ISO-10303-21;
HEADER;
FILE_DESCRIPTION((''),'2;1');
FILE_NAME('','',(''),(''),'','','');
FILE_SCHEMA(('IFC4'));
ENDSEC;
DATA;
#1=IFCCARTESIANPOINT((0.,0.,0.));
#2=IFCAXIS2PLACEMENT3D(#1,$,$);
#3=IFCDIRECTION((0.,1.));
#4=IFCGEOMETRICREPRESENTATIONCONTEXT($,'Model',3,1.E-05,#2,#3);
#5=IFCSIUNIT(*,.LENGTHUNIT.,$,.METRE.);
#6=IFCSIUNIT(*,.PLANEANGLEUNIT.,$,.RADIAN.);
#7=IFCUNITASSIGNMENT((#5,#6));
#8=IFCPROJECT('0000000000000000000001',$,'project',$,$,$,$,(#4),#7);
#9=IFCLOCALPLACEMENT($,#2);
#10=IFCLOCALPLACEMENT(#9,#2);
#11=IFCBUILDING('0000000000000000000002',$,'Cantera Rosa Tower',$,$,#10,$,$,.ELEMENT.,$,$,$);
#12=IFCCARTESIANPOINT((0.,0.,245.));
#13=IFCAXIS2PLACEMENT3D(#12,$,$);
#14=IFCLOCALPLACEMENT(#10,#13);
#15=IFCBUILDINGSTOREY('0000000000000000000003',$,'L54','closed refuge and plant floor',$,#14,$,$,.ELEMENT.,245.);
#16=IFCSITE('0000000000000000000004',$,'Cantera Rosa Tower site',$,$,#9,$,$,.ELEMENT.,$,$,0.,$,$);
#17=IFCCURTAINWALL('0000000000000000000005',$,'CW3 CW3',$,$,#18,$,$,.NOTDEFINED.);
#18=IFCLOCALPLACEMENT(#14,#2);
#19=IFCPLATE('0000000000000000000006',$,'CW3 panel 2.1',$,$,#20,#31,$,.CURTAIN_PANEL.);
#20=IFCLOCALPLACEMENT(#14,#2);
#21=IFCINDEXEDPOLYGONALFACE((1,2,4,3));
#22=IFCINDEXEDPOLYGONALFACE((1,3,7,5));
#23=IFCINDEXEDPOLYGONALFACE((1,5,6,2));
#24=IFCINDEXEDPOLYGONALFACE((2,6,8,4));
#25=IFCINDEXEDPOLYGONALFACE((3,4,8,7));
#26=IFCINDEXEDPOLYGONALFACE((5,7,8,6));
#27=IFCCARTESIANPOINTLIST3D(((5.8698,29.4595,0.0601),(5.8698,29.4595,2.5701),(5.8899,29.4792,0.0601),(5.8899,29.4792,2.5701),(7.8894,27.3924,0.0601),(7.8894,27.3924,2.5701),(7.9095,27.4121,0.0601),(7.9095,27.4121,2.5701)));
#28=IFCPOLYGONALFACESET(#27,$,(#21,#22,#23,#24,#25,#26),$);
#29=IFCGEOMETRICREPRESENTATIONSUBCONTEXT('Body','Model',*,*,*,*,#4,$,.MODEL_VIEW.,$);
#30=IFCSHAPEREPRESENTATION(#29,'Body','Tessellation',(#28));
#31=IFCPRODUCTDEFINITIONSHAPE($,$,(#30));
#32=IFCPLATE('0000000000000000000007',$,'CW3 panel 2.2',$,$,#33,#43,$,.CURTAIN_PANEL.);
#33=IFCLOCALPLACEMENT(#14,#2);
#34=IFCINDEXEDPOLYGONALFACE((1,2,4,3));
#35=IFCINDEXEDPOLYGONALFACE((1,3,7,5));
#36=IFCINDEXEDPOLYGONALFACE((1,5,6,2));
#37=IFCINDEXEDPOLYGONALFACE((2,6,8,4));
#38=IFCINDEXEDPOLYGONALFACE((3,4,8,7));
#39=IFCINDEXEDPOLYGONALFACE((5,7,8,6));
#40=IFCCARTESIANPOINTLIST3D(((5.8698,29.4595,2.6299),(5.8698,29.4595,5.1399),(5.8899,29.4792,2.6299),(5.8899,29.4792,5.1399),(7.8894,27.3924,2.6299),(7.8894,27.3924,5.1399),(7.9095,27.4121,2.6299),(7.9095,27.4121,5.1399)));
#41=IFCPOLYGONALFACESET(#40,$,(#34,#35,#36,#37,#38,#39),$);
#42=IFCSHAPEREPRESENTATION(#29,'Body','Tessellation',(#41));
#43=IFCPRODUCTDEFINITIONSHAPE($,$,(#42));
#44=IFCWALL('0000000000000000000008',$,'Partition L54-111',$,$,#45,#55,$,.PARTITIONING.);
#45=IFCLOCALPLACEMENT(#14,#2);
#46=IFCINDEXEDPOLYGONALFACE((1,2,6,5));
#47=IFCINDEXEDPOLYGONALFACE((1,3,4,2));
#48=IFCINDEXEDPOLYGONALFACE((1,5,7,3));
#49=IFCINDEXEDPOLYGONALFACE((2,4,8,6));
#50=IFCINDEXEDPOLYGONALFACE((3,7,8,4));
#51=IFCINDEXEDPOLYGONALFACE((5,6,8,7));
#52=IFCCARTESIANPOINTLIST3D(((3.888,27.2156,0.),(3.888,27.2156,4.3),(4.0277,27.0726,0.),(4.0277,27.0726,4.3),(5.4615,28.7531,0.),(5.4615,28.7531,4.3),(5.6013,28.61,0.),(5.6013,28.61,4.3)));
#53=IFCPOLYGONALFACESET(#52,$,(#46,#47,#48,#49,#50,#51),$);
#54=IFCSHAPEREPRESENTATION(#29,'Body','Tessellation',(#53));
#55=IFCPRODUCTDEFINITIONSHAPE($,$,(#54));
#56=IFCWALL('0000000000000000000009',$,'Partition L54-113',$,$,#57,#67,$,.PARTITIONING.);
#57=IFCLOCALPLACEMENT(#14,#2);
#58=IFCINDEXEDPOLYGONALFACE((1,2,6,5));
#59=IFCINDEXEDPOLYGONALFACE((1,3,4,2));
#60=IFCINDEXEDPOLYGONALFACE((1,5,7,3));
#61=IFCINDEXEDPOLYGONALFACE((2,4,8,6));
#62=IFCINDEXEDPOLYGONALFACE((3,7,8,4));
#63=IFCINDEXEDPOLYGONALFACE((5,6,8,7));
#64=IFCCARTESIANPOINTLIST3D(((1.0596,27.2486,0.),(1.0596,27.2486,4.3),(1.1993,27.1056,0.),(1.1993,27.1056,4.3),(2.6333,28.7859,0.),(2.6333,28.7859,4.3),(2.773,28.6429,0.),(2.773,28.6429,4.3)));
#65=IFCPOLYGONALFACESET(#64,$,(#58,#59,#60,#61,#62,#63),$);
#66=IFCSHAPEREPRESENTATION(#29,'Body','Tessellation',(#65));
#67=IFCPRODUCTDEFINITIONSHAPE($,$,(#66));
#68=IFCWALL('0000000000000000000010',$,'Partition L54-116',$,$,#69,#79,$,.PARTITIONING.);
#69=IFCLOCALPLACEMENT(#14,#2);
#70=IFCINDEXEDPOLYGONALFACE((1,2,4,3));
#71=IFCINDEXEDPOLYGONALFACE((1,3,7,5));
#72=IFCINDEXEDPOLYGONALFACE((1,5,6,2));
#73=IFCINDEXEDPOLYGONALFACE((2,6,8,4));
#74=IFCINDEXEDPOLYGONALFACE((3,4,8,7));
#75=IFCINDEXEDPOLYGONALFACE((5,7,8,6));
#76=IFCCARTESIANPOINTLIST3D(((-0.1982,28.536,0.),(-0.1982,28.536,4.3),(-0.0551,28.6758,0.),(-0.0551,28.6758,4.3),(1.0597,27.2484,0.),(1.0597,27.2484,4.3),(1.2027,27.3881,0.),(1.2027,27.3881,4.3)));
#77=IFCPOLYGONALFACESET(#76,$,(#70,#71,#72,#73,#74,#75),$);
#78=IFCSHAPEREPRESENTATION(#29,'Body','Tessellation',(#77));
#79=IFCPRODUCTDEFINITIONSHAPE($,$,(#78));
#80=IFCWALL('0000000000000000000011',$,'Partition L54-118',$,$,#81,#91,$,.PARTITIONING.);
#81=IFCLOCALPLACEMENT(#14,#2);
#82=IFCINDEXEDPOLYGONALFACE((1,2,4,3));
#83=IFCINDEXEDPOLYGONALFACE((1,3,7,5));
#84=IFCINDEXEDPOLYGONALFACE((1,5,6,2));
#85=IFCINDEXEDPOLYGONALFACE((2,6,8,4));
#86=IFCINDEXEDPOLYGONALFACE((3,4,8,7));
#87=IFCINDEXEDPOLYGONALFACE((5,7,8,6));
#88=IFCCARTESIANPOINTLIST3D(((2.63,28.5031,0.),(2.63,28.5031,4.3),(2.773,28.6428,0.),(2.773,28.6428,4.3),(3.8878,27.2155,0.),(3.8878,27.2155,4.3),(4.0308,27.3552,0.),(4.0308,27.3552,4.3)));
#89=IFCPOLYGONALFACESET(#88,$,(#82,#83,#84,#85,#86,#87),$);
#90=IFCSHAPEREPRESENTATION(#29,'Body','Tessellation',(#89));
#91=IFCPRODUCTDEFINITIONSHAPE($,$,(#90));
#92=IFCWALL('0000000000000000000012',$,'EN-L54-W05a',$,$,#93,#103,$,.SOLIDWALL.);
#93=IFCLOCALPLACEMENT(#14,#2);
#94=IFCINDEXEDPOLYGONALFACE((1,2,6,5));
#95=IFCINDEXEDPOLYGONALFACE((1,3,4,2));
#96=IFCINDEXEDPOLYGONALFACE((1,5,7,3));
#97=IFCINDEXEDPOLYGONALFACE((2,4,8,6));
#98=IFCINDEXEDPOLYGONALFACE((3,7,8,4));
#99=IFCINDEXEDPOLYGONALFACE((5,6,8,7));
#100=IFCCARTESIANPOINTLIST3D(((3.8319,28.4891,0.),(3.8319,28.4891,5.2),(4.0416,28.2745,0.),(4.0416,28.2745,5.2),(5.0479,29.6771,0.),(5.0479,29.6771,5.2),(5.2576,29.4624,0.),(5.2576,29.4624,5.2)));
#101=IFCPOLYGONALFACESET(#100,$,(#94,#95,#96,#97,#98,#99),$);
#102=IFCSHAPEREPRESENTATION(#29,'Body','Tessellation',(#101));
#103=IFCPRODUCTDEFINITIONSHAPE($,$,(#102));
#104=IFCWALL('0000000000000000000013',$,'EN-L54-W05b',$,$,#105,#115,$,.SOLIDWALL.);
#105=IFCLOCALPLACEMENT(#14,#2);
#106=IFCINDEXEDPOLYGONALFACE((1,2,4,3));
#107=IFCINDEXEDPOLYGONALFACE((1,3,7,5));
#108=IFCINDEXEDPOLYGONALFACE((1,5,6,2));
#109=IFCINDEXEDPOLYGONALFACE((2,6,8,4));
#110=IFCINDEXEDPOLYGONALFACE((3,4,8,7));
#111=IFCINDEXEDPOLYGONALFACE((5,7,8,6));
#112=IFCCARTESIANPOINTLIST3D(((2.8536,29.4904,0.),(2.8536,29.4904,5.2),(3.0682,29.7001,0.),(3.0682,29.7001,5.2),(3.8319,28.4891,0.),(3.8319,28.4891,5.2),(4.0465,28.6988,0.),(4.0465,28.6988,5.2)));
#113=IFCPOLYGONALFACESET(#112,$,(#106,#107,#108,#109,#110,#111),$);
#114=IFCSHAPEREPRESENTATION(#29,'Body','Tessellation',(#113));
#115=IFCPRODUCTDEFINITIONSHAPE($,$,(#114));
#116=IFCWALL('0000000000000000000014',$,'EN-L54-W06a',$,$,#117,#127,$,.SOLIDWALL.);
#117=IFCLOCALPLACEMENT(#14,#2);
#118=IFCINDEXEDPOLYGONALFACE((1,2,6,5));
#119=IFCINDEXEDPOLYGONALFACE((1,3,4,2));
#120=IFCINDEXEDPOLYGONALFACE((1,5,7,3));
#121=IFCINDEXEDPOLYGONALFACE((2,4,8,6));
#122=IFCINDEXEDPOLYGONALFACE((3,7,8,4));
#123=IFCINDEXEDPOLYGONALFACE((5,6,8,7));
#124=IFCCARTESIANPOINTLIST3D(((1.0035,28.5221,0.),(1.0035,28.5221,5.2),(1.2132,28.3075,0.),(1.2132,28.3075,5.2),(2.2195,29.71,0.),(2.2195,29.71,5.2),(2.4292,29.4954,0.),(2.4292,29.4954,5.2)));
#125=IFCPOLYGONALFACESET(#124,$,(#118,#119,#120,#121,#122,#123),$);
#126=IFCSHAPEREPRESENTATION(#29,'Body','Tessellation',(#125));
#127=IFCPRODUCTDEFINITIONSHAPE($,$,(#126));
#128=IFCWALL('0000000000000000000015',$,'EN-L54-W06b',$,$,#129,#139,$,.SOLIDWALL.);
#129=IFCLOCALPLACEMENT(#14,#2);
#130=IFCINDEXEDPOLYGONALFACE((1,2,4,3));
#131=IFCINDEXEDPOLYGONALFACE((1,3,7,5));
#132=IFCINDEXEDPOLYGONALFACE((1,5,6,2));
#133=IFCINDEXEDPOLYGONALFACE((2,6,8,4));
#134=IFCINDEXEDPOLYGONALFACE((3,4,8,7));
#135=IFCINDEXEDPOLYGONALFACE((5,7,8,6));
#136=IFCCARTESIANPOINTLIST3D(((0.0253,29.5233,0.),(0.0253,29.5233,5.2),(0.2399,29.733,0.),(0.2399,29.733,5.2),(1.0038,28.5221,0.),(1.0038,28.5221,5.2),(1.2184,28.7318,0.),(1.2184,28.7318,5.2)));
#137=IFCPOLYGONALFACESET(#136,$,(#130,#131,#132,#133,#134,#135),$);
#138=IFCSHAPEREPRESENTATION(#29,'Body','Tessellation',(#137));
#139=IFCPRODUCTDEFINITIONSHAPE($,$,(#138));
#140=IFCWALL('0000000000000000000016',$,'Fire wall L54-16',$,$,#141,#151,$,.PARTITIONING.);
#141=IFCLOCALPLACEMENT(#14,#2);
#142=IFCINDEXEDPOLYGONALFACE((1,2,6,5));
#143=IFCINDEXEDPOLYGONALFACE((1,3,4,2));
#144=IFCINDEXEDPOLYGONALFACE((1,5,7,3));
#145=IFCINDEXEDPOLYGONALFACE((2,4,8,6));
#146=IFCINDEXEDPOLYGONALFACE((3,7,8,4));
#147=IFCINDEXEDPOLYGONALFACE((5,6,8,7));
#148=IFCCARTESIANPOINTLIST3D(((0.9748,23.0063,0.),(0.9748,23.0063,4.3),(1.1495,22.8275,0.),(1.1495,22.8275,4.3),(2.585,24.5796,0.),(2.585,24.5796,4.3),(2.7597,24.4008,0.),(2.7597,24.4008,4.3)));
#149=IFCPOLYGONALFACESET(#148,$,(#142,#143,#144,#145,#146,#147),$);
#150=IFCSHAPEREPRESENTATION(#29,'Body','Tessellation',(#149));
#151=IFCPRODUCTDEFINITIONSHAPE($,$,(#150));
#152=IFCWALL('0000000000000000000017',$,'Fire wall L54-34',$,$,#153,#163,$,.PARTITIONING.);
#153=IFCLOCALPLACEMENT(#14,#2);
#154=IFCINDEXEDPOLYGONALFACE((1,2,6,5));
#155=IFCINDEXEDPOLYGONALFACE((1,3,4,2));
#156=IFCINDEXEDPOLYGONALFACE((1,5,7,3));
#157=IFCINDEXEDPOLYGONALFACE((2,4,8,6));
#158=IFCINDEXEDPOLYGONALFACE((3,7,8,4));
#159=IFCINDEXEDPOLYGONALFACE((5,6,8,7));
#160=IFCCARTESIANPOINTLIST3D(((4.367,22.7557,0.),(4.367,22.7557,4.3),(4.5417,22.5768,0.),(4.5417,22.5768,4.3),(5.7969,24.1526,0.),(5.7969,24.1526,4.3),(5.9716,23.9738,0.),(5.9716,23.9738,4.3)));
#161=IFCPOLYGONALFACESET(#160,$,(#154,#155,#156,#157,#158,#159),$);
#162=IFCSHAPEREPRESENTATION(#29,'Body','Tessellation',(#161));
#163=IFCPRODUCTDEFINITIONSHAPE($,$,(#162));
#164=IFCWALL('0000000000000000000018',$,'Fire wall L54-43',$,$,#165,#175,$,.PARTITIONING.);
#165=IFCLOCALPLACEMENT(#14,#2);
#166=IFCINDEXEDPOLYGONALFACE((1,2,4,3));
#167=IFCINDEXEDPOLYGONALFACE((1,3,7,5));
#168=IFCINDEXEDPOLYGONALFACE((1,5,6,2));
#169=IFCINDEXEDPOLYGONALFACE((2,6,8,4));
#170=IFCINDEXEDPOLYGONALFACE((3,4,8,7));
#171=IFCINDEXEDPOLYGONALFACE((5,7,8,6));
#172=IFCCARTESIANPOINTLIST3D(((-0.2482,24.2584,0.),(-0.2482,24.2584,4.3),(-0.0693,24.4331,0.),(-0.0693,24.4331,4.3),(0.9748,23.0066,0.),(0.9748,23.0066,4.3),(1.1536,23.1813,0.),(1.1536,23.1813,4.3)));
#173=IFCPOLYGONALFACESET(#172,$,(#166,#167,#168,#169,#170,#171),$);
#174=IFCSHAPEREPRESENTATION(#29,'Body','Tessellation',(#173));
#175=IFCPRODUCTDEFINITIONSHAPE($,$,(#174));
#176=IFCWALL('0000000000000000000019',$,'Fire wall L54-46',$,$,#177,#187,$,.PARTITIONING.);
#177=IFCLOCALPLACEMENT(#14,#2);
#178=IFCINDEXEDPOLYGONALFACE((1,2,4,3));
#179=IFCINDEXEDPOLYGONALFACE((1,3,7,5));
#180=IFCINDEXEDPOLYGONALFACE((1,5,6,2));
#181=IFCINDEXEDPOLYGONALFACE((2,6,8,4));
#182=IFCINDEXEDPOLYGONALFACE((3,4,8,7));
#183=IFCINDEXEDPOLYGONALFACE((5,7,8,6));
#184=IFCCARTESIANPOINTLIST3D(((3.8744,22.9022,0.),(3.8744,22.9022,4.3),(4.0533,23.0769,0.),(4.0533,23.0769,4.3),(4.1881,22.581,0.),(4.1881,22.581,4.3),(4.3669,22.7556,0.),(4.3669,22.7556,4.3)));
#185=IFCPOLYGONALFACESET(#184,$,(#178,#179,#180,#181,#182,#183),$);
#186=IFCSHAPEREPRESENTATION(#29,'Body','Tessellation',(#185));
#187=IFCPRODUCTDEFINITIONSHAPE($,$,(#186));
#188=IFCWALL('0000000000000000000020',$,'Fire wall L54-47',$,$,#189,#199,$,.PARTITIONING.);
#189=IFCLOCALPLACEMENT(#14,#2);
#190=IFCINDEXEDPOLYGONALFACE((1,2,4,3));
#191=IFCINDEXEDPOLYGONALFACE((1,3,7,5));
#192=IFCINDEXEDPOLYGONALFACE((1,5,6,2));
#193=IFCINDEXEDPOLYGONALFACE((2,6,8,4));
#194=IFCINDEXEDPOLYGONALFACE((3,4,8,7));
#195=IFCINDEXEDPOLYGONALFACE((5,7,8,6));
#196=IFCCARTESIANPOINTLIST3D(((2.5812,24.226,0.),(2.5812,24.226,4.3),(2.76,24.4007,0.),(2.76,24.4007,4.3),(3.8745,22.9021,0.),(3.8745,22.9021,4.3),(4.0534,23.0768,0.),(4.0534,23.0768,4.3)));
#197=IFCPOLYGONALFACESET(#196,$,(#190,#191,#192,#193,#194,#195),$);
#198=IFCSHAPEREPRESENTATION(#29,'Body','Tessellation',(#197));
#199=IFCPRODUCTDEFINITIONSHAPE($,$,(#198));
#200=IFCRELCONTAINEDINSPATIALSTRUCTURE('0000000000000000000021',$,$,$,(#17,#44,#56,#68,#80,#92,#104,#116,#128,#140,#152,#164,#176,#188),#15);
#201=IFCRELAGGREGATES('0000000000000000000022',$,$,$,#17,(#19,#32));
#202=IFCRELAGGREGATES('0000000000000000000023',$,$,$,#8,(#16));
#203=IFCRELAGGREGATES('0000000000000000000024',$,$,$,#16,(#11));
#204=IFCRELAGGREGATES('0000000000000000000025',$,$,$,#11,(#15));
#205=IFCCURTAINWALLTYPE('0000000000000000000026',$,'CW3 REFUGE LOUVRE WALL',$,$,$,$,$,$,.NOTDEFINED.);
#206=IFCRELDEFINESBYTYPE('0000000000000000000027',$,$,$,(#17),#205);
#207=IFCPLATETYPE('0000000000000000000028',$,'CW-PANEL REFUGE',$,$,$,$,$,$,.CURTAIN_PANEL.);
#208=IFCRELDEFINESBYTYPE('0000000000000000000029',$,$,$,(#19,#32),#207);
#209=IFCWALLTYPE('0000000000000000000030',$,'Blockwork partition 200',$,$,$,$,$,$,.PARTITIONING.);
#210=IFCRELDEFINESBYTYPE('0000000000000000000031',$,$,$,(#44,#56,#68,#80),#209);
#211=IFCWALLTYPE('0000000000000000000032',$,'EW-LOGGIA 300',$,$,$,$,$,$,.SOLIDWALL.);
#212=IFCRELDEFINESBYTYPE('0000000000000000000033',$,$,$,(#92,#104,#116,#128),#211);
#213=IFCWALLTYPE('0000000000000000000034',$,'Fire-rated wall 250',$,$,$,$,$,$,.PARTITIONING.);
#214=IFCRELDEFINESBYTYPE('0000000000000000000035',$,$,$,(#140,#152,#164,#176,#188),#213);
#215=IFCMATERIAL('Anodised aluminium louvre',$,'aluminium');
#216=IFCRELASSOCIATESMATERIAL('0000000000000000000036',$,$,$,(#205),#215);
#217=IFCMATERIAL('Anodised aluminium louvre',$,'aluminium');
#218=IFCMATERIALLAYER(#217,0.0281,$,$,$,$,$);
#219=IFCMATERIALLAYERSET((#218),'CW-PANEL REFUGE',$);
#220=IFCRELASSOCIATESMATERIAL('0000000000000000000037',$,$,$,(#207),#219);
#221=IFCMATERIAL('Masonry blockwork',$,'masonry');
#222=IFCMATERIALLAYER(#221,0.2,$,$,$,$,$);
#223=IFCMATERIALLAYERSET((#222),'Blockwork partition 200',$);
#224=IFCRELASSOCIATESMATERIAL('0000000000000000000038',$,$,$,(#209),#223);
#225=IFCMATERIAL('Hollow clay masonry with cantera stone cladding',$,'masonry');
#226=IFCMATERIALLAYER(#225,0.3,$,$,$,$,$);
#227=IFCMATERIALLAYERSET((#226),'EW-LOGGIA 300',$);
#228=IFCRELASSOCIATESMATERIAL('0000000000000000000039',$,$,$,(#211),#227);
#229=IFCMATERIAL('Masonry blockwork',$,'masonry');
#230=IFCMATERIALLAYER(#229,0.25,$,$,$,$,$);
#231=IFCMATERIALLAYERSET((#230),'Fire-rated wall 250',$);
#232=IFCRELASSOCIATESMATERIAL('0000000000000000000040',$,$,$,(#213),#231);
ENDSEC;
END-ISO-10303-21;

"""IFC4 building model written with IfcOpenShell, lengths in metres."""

from ifc_helpers import new_model, si_unit, direction, frame, frame_2d, origin, origin_2d, place, context, subcontext, project, spatial, rectangle, extrude, material, layer, layer_set, type_object, element, aggregate, save


model = new_model("IFC4")

# Units and contexts
model_context = context("Model", 3, precision=1e-05, world=origin(), true_north=direction((0.0, 1.0)))
body_context = subcontext(model_context, "Body", "Model", "MODEL_VIEW")
ifc_project = project(units=[si_unit("LENGTHUNIT", "METRE"), si_unit("PLANEANGLEUNIT", "RADIAN")], contexts=[model_context])

# Site, building, storey
site_placement = place(None, origin())
site = spatial("IfcSite", under=ifc_project, at=site_placement, Name="Cantera Rosa Tower site", CompositionType="ELEMENT", RefElevation=0.0)
building_placement = place(site_placement, origin())
building = spatial("IfcBuilding", under=site, at=building_placement, Name="Cantera Rosa Tower", CompositionType="ELEMENT")
storey_placement = place(building_placement, frame((0.0, 0.0, 245.0)))
storey = spatial("IfcBuildingStorey", under=building, at=storey_placement, Name="L54", Description="closed refuge and plant floor", CompositionType="ELEMENT", Elevation=245.0)

# Shared definitions
ifc_material_1 = material(Name="Anodised aluminium louvre", Category="aluminium")
curtain_wall_type = type_object("IfcCurtainWallType", Name="CW3 REFUGE LOUVRE WALL", PredefinedType="NOTDEFINED", material=ifc_material_1)

# Curtain wall
curtain_wall_1_placement = place(storey_placement, origin())
curtain_wall_1 = element("IfcCurtainWall", 1, at=curtain_wall_1_placement, inside=storey, type_object=curtain_wall_type, Name="CW3 CW3", PredefinedType="NOTDEFINED")

# Plates
ifc_material_2 = material(Name="Anodised aluminium louvre", Category="aluminium")
ifc_layer_1 = layer(ifc_material_2, 0.0281)
ifc_layer_set_1 = layer_set([ifc_layer_1], Name="CW-PANEL REFUGE")
plate_type = type_object("IfcPlateType", Name="CW-PANEL REFUGE", PredefinedType="CURTAIN_PANEL", material=ifc_layer_set_1)
plate_1_placement = place(storey_placement, frame((6.8896, 28.4358, 0.0601), z_axis=(0.0, 0.0, 1.0), x_axis=(-0.698832, 0.715286, 0.0)))
plate_1 = element("IfcPlate", 2, at=plate_1_placement, type_object=plate_type, Name="CW3 panel 2.1", PredefinedType="CURTAIN_PANEL", context=body_context, shape_type="SweptSolid", body=[
    extrude(rectangle(XDim=2.8899, YDim=0.0281, at=origin_2d()), origin(), (0.0, 0.0, 1.0), 2.51),
])
plate_2_placement = place(storey_placement, frame((6.8896, 28.4358, 2.6299), z_axis=(0.0, 0.0, 1.0), x_axis=(-0.698832, 0.715286, 0.0)))
plate_2 = element("IfcPlate", 3, at=plate_2_placement, type_object=plate_type, Name="CW3 panel 2.2", PredefinedType="CURTAIN_PANEL", context=body_context, shape_type="SweptSolid", body=[
    extrude(rectangle(XDim=2.8899, YDim=0.0281, at=origin_2d()), origin(), (0.0, 0.0, 1.0), 2.51),
])
aggregate(curtain_wall_1, [plate_1, plate_2])

# Walls
ifc_material_3 = material(Name="Masonry blockwork", Category="masonry")
ifc_layer_2 = layer(ifc_material_3, 0.2)
ifc_layer_set_2 = layer_set([ifc_layer_2], Name="Blockwork partition 200")
wall_type_1 = type_object("IfcWallType", Name="Blockwork partition 200", PredefinedType="PARTITIONING", material=ifc_layer_set_2)
for number, where, z_axis, x_axis, name in (
    (4, (3.9578, 27.144, 0.0), (0.0, 0.0, 1.0), (0.715272, 0.698847, 0.0), "Partition L54-111"),
    (5, (1.1294, 27.177, 0.0), (0.0, 0.0, 1.0), (0.715326, 0.698791, 0.0), "Partition L54-113"),
):
    element("IfcWall", number, at=place(storey_placement, frame(where, z_axis=z_axis, x_axis=x_axis)), inside=storey, type_object=wall_type_1, Name=name, PredefinedType="PARTITIONING", context=body_context, shape_type="SweptSolid", body=[
        extrude(rectangle(XDim=2.2, YDim=0.2, at=frame_2d((1.1001, 0.0))), origin(), (0.0, 0.0, 1.0), 4.3),
    ])
for number, where, z_axis, x_axis, name in (
    (6, (1.1311, 27.3184, 0.0), (0.0, 0.0, 1.0), (-0.698785, 0.715332, 0.0), "Partition L54-116"),
    (7, (3.9592, 27.2854, 0.0), (0.0, 0.0, 1.0), (-0.698785, 0.715332, 0.0), "Partition L54-118"),
):
    element("IfcWall", number, at=place(storey_placement, frame(where, z_axis=z_axis, x_axis=x_axis)), inside=storey, type_object=wall_type_1, Name=name, PredefinedType="PARTITIONING", context=body_context, shape_type="SweptSolid", body=[
        extrude(rectangle(XDim=1.8, YDim=0.2, at=frame_2d((0.8999, 0.0))), origin(), (0.0, 0.0, 1.0), 4.3),
    ])
ifc_material_4 = material(Name="Hollow clay masonry with cantera stone cladding", Category="masonry")
ifc_layer_3 = layer(ifc_material_4, 0.3)
ifc_layer_set_3 = layer_set([ifc_layer_3], Name="EW-LOGGIA 300")
wall_type_2 = type_object("IfcWallType", Name="EW-LOGGIA 300", PredefinedType="SOLIDWALL", material=ifc_layer_set_3)
wall_1_placement = place(storey_placement, frame((5.1528, 29.5698, 0.0), z_axis=(0.0, 0.0, 1.0), x_axis=(-0.715316, -0.698801, 0.0)))
element("IfcWall", 8, at=wall_1_placement, inside=storey, type_object=wall_type_2, Name="EN-L54-W05a", PredefinedType="SOLIDWALL", context=body_context, shape_type="SweptSolid", body=[
    extrude(rectangle(XDim=1.7, YDim=0.3, at=frame_2d((0.8501, 0.0))), origin(), (0.0, 0.0, 1.0), 5.2),
])
wall_2_placement = place(storey_placement, frame((3.9392, 28.594, 0.0), z_axis=(0.0, 0.0, 1.0), x_axis=(-0.698862, 0.715257, 0.0)))
element("IfcWall", 9, at=wall_2_placement, inside=storey, type_object=wall_type_2, Name="EN-L54-W05b", PredefinedType="SOLIDWALL", context=body_context, shape_type="SweptSolid", body=[
    extrude(rectangle(XDim=1.3999, YDim=0.3, at=frame_2d((0.7, 0.0))), origin(), (0.0, 0.0, 1.0), 5.2),
])
wall_3_placement = place(storey_placement, frame((2.3245, 29.6028, 0.0), z_axis=(0.0, 0.0, 1.0), x_axis=(-0.715316, -0.698801, 0.0)))
element("IfcWall", 10, at=wall_3_placement, inside=storey, type_object=wall_type_2, Name="EN-L54-W06a", PredefinedType="SOLIDWALL", context=body_context, shape_type="SweptSolid", body=[
    extrude(rectangle(XDim=1.7, YDim=0.3, at=frame_2d((0.8501, 0.0))), origin(), (0.0, 0.0, 1.0), 5.2),
])
wall_4_placement = place(storey_placement, frame((1.1111, 28.627, 0.0), z_axis=(0.0, 0.0, 1.0), x_axis=(-0.698951, 0.715169, 0.0)))
element("IfcWall", 11, at=wall_4_placement, inside=storey, type_object=wall_type_2, Name="EN-L54-W06b", PredefinedType="SOLIDWALL", context=body_context, shape_type="SweptSolid", body=[
    extrude(rectangle(XDim=1.3999, YDim=0.3, at=frame_2d((0.7, 0.0))), origin(), (0.0, 0.0, 1.0), 5.2),
])
ifc_material_5 = material(Name="Masonry blockwork", Category="masonry")
ifc_layer_4 = layer(ifc_material_5, 0.25)
ifc_layer_set_4 = layer_set([ifc_layer_4], Name="Fire-rated wall 250")
wall_type_3 = type_object("IfcWallType", Name="Fire-rated wall 250", PredefinedType="PARTITIONING", material=ifc_layer_set_4)
wall_5_placement = place(storey_placement, frame((1.0623, 22.917, 0.0), z_axis=(0.0, 0.0, 1.0), x_axis=(0.715248, 0.698871, 0.0)))
element("IfcWall", 12, at=wall_5_placement, inside=storey, type_object=wall_type_3, Name="Fire wall L54-16", PredefinedType="PARTITIONING", context=body_context, shape_type="SweptSolid", body=[
    extrude(rectangle(XDim=2.2512, YDim=0.25, at=frame_2d((1.1255, 0.0))), origin(), (0.0, 0.0, 1.0), 4.3),
])
wall_6_placement = place(storey_placement, frame((4.4543, 22.6663, 0.0), z_axis=(0.0, 0.0, 1.0), x_axis=(0.715302, 0.698815, 0.0)))
element("IfcWall", 13, at=wall_6_placement, inside=storey, type_object=wall_type_3, Name="Fire wall L54-34", PredefinedType="PARTITIONING", context=body_context, shape_type="SweptSolid", body=[
    extrude(rectangle(XDim=1.999, YDim=0.25, at=frame_2d((0.9995, 0.0))), origin(), (0.0, 0.0, 1.0), 4.3),
])
wall_7_placement = place(storey_placement, frame((1.0642, 23.094, 0.0), z_axis=(0.0, 0.0, 1.0), x_axis=(-0.698828, 0.71529, 0.0)))
element("IfcWall", 14, at=wall_7_placement, inside=storey, type_object=wall_type_3, Name="Fire wall L54-43", PredefinedType="PARTITIONING", context=body_context, shape_type="SweptSolid", body=[
    extrude(rectangle(XDim=1.75, YDim=0.25, at=frame_2d((0.875, 0.0))), origin(), (0.0, 0.0, 1.0), 4.3),
])
wall_8_placement = place(storey_placement, frame((4.2776, 22.6682, 0.0), z_axis=(0.0, 0.0, 1.0), x_axis=(-0.69863, 0.715484, 0.0)))
element("IfcWall", 15, at=wall_8_placement, inside=storey, type_object=wall_type_3, Name="Fire wall L54-46", PredefinedType="PARTITIONING", context=body_context, shape_type="SweptSolid", body=[
    extrude(rectangle(XDim=0.449, YDim=0.25, at=frame_2d((0.2246, 0.0))), origin(), (0.0, 0.0, 1.0), 4.3),
])
wall_9_placement = place(storey_placement, frame((3.9639, 22.9895, 0.0), z_axis=(0.0, 0.0, 1.0), x_axis=(-0.698815, 0.715303, 0.0)))
element("IfcWall", 16, at=wall_9_placement, inside=storey, type_object=wall_type_3, Name="Fire wall L54-47", PredefinedType="PARTITIONING", context=body_context, shape_type="SweptSolid", body=[
    extrude(rectangle(XDim=1.8508, YDim=0.25, at=frame_2d((0.9253, 0.0))), origin(), (0.0, 0.0, 1.0), 4.3),
])

save(model, "model.ifc")
